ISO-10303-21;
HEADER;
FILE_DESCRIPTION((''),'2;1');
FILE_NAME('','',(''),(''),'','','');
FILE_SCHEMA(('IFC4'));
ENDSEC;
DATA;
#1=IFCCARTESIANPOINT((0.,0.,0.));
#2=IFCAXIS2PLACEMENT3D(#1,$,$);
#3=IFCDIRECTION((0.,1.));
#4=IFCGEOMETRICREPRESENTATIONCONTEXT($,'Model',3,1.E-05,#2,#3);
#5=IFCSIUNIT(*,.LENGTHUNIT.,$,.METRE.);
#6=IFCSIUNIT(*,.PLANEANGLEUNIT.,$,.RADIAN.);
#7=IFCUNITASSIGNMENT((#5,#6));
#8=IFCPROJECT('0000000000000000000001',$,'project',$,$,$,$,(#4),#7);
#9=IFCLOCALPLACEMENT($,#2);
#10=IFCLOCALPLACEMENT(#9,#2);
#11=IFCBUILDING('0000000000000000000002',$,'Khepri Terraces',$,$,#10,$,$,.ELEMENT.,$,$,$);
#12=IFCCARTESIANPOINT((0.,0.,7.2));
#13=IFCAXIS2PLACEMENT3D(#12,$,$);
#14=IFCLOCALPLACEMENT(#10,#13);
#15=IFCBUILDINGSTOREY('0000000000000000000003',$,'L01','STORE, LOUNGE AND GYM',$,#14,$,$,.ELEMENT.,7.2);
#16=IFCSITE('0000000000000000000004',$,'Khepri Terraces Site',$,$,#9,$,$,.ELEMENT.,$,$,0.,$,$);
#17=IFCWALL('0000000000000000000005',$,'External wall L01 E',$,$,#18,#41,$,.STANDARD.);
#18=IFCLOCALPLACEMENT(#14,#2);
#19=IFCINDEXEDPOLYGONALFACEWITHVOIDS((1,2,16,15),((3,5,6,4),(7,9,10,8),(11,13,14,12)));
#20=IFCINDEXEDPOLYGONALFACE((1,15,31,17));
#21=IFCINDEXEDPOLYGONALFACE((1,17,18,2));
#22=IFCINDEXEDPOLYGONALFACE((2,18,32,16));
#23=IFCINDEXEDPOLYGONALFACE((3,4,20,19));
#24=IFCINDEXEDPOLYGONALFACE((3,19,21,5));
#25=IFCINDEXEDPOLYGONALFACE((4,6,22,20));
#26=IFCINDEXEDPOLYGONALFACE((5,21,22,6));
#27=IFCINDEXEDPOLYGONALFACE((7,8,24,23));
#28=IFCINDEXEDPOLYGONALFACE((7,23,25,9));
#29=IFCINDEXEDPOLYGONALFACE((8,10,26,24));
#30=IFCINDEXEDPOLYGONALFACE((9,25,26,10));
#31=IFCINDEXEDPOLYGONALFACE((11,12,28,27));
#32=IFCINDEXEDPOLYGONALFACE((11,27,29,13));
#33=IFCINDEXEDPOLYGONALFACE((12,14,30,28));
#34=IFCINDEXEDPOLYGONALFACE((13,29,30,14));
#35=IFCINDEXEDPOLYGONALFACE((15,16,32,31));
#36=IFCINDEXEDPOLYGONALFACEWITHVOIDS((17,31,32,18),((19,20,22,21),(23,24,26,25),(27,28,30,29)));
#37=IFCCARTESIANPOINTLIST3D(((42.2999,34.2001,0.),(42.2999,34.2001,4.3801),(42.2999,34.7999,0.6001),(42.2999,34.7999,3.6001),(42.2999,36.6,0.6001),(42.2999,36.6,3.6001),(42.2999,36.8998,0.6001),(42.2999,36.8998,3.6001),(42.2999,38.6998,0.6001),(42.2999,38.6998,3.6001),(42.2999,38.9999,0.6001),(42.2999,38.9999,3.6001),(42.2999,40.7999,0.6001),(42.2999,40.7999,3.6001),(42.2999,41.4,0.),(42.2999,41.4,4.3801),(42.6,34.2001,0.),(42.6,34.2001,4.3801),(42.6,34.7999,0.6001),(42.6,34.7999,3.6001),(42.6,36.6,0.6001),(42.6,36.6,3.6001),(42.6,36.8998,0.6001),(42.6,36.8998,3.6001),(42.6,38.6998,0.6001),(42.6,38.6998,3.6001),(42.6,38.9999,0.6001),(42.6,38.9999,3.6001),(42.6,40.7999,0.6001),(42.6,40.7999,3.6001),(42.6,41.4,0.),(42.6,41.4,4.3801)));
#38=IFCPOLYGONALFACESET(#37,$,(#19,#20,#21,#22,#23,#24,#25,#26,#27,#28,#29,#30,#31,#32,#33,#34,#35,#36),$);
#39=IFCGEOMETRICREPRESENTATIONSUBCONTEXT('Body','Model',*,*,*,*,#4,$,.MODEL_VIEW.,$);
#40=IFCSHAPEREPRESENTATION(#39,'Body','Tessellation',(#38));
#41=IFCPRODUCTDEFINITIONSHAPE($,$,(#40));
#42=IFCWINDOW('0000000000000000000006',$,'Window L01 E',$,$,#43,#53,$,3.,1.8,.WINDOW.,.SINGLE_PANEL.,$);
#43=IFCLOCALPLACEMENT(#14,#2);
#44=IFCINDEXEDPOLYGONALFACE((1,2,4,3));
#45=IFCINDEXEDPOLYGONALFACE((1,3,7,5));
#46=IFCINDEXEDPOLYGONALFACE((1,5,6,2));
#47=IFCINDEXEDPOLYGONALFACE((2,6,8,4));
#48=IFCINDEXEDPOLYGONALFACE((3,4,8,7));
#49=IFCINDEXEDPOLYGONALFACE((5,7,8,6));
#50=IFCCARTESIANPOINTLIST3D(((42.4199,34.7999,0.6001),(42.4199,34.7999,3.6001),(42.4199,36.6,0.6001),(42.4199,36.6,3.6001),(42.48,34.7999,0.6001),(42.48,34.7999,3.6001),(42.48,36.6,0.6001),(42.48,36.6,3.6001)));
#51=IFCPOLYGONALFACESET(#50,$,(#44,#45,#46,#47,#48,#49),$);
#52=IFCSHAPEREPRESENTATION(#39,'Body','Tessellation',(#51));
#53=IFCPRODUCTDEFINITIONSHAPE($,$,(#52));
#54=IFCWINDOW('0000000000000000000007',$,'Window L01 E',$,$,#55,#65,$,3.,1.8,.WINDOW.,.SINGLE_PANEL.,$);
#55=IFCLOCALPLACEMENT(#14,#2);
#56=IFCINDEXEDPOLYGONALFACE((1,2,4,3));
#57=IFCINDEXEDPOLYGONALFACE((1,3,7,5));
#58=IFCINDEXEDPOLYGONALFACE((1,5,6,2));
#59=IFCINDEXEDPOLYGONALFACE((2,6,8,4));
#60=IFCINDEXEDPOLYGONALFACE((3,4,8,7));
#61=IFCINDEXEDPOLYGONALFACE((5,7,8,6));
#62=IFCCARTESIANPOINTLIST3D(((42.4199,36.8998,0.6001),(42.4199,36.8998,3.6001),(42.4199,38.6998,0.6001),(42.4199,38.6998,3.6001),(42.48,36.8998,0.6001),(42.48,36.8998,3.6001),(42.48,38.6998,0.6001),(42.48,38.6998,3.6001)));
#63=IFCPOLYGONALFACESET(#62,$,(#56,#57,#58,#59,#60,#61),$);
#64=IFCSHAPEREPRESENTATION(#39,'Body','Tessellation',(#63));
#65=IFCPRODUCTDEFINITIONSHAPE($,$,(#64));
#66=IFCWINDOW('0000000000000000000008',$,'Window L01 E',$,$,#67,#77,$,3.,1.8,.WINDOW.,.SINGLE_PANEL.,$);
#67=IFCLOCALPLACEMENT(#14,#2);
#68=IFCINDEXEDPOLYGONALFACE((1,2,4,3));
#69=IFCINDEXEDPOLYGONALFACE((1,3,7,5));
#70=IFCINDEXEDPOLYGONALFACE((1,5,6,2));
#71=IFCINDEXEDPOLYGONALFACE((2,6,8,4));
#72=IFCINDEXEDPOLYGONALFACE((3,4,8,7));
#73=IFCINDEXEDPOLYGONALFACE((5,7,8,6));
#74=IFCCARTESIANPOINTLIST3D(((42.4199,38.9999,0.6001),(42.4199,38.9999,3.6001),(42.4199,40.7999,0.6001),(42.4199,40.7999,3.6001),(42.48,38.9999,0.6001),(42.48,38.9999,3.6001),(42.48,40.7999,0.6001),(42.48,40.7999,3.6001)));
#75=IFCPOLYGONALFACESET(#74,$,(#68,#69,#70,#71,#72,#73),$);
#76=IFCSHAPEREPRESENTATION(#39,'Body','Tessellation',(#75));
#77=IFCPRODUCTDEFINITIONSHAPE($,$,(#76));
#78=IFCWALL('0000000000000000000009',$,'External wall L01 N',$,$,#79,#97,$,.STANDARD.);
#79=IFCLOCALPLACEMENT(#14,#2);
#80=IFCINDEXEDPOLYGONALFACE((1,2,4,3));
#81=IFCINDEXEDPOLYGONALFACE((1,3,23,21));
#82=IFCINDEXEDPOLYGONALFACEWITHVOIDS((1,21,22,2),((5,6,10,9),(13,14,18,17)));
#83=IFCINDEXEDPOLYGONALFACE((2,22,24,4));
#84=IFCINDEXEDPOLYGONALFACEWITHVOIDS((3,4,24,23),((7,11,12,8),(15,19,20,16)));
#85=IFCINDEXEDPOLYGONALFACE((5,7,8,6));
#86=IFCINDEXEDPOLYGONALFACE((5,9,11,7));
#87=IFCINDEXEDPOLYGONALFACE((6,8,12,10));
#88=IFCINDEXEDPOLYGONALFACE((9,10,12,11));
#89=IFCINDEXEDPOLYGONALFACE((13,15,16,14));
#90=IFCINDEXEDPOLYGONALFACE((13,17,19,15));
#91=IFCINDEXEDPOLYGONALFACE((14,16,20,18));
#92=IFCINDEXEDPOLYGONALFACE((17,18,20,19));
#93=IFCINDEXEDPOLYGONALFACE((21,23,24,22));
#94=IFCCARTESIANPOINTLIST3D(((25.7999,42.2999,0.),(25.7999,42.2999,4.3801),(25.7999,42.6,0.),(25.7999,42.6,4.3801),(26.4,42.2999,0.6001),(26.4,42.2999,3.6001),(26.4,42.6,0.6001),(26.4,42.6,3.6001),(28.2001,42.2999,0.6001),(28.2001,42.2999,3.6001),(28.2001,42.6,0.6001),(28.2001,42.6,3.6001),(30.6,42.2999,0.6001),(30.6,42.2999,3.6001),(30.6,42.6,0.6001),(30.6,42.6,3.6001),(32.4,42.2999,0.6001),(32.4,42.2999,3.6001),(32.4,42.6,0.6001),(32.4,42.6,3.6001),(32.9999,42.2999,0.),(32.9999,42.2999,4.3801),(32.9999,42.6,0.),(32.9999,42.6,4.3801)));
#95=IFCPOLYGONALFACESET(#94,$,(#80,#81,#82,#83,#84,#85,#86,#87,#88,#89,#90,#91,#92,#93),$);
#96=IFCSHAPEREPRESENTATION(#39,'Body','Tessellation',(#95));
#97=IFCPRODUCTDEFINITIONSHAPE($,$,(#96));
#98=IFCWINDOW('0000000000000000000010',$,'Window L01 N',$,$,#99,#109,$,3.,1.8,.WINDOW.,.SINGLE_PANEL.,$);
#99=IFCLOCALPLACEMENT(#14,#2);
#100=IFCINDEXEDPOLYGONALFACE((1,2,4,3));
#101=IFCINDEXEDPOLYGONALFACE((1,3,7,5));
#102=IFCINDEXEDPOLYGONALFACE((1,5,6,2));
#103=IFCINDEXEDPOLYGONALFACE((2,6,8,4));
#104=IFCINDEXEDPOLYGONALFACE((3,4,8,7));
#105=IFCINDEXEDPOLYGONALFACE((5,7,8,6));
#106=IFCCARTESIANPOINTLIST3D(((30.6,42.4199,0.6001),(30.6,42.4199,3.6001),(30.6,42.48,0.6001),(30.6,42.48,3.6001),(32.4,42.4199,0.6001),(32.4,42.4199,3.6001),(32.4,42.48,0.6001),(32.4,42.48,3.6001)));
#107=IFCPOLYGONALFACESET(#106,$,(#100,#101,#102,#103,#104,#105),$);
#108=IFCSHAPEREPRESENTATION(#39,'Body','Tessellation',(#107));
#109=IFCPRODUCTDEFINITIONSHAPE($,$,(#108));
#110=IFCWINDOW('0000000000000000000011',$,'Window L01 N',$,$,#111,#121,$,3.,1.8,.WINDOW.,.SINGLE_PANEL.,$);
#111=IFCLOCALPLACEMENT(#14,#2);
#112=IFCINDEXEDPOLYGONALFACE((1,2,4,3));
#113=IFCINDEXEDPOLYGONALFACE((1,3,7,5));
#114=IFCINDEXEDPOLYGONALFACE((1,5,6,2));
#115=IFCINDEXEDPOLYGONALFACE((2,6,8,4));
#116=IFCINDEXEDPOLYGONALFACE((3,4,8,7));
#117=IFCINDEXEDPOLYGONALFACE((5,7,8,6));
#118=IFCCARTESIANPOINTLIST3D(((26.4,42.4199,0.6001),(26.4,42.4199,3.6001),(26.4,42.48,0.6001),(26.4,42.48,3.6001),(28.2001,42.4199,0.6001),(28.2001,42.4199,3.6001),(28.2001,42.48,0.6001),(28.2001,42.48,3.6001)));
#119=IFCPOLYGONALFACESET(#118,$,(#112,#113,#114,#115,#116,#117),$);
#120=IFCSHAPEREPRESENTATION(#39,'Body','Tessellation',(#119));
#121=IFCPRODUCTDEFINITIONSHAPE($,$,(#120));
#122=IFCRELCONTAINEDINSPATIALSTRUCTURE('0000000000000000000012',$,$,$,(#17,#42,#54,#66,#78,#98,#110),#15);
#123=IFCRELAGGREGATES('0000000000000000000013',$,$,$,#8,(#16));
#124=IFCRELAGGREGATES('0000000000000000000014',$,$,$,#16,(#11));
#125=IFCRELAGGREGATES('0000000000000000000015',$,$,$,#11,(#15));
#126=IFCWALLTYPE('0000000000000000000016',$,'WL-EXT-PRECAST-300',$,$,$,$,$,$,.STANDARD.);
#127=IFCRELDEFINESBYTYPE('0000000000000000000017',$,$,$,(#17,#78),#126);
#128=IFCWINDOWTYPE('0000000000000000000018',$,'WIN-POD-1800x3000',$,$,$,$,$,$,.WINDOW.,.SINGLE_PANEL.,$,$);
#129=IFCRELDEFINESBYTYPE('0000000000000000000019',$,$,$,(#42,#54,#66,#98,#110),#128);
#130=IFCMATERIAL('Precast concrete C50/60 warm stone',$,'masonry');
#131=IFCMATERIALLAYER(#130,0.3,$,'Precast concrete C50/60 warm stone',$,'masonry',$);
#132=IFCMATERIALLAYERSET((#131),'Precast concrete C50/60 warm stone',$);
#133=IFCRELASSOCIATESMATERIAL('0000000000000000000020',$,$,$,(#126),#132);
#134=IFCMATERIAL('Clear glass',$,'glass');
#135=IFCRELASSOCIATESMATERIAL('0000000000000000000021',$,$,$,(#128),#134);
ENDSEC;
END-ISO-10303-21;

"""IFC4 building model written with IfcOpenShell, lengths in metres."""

from ifc_helpers import new_model, si_unit, direction, frame, frame_2d, origin, place, context, subcontext, project, spatial, rectangle, extrude, material, layer, layer_set, type_object, element, fill, save


model = new_model("IFC4")

# Units and contexts
model_context = context("Model", 3, precision=1e-05, world=origin(), true_north=direction((0.0, 1.0)))
body_context = subcontext(model_context, "Body", "Model", "MODEL_VIEW")
ifc_project = project(units=[si_unit("LENGTHUNIT", "METRE"), si_unit("PLANEANGLEUNIT", "RADIAN")], contexts=[model_context])

# Site, building, storey
site_placement = place(None, origin())
site = spatial("IfcSite", under=ifc_project, at=site_placement, Name="Khepri Terraces Site", CompositionType="ELEMENT", RefElevation=0.0)
building_placement = place(site_placement, origin())
building = spatial("IfcBuilding", under=site, at=building_placement, Name="Khepri Terraces", CompositionType="ELEMENT")
storey_placement = place(building_placement, frame((0.0, 0.0, 7.2)))
storey = spatial("IfcBuildingStorey", under=building, at=storey_placement, Name="L01", Description="STORE, LOUNGE AND GYM", CompositionType="ELEMENT", Elevation=7.2)

# Shared definitions
ifc_material_1 = material(Name="Clear glass", Category="glass")

# Walls, openings, windows
ifc_material_2 = material(Name="Precast concrete C50/60 warm stone", Category="masonry")
ifc_layer_1 = layer(ifc_material_2, 0.3, Name="Precast concrete C50/60 warm stone", Category="masonry")
ifc_layer_set_1 = layer_set([ifc_layer_1], Name="Precast concrete C50/60 warm stone")
wall_type = type_object("IfcWallType", Name="WL-EXT-PRECAST-300", PredefinedType="STANDARD", material=ifc_layer_set_1)
wall_1_placement = place(storey_placement, frame((42.45, 34.2, 0.0), z_axis=(0.0, 0.0, 1.0), x_axis=(0.0, 1.0, 0.0)))
wall_1 = element("IfcWall", 1, at=wall_1_placement, inside=storey, type_object=wall_type, Name="External wall L01 E", PredefinedType="STANDARD", context=body_context, shape_type="SweptSolid", body=[
    extrude(rectangle(XDim=7.2, YDim=0.3, at=frame_2d((3.6001, 0.0))), origin(), (0.0, 0.0, 1.0), 4.3801),
])
opening_1_placement = place(wall_1_placement, frame((0.6001, 0.0, 0.6001)))
opening_1 = element("IfcOpeningElement", 2, at=opening_1_placement, cuts=wall_1, PredefinedType="OPENING", context=body_context, shape_type="SweptSolid", body=[
    extrude(rectangle(XDim=1.8, YDim=3.0, at=frame_2d((0.8999, 1.5))), frame((0.0, 0.1602, 0.0), z_axis=(0.0, -1.0, 0.0), x_axis=(1.0, 0.0, 0.0)), (0.0, 0.0, 1.0), 0.3201),
])
opening_2_placement = place(wall_1_placement, frame((2.7, 0.0, 0.6001)))
opening_2 = element("IfcOpeningElement", 3, at=opening_2_placement, cuts=wall_1, PredefinedType="OPENING", context=body_context, shape_type="SweptSolid", body=[
    extrude(rectangle(XDim=1.8, YDim=3.0, at=frame_2d((0.8999, 1.5))), frame((0.0, 0.1602, 0.0), z_axis=(0.0, -1.0, 0.0), x_axis=(1.0, 0.0, 0.0)), (0.0, 0.0, 1.0), 0.3201),
])
opening_3_placement = place(wall_1_placement, frame((4.8, 0.0, 0.6001)))
opening_3 = element("IfcOpeningElement", 4, at=opening_3_placement, cuts=wall_1, PredefinedType="OPENING", context=body_context, shape_type="SweptSolid", body=[
    extrude(rectangle(XDim=1.8, YDim=3.0, at=frame_2d((0.8999, 1.5))), frame((0.0, 0.1602, 0.0), z_axis=(0.0, -1.0, 0.0), x_axis=(1.0, 0.0, 0.0)), (0.0, 0.0, 1.0), 0.3201),
])
window_type = type_object("IfcWindowType", Name="WIN-POD-1800x3000", PartitioningType="SINGLE_PANEL", PredefinedType="WINDOW", material=ifc_material_1)
window_1_placement = place(opening_1_placement, origin())
window_1 = element("IfcWindow", 5, at=window_1_placement, inside=storey, type_object=window_type, Name="Window L01 E", OverallHeight=3.0, OverallWidth=1.8, PartitioningType="SINGLE_PANEL", PredefinedType="WINDOW", context=body_context, shape_type="SweptSolid", body=[
    extrude(rectangle(XDim=1.8, YDim=3.0, at=frame_2d((0.8999, 1.5))), frame((0.0, 0.03, 0.0), z_axis=(0.0, -1.0, 0.0), x_axis=(1.0, 0.0, 0.0)), (0.0, 0.0, 1.0), 0.0601),
])
fill(opening_1, window_1)
window_2_placement = place(opening_2_placement, origin())
window_2 = element("IfcWindow", 6, at=window_2_placement, inside=storey, type_object=window_type, Name="Window L01 E", OverallHeight=3.0, OverallWidth=1.8, PartitioningType="SINGLE_PANEL", PredefinedType="WINDOW", context=body_context, shape_type="SweptSolid", body=[
    extrude(rectangle(XDim=1.8, YDim=3.0, at=frame_2d((0.8999, 1.5))), frame((0.0, 0.03, 0.0), z_axis=(0.0, -1.0, 0.0), x_axis=(1.0, 0.0, 0.0)), (0.0, 0.0, 1.0), 0.0601),
])
fill(opening_2, window_2)
window_3_placement = place(opening_3_placement, origin())
window_3 = element("IfcWindow", 7, at=window_3_placement, inside=storey, type_object=window_type, Name="Window L01 E", OverallHeight=3.0, OverallWidth=1.8, PartitioningType="SINGLE_PANEL", PredefinedType="WINDOW", context=body_context, shape_type="SweptSolid", body=[
    extrude(rectangle(XDim=1.8, YDim=3.0, at=frame_2d((0.8999, 1.5))), frame((0.0, 0.03, 0.0), z_axis=(0.0, -1.0, 0.0), x_axis=(1.0, 0.0, 0.0)), (0.0, 0.0, 1.0), 0.0601),
])
fill(opening_3, window_3)
wall_2_placement = place(storey_placement, frame((33.0, 42.45, 0.0), z_axis=(0.0, 0.0, 1.0), x_axis=(-1.0, 0.0, 0.0)))
wall_2 = element("IfcWall", 8, at=wall_2_placement, inside=storey, type_object=wall_type, Name="External wall L01 N", PredefinedType="STANDARD", context=body_context, shape_type="SweptSolid", body=[
    extrude(rectangle(XDim=7.2, YDim=0.3, at=frame_2d((3.6001, 0.0))), origin(), (0.0, 0.0, 1.0), 4.3801),
])
opening_4_placement = place(wall_2_placement, frame((0.6001, 0.0, 0.6001)))
opening_4 = element("IfcOpeningElement", 9, at=opening_4_placement, cuts=wall_2, PredefinedType="OPENING", context=body_context, shape_type="SweptSolid", body=[
    extrude(rectangle(XDim=1.8, YDim=3.0, at=frame_2d((0.8999, 1.5))), frame((0.0, 0.1602, 0.0), z_axis=(0.0, -1.0, 0.0), x_axis=(1.0, 0.0, 0.0)), (0.0, 0.0, 1.0), 0.3201),
])
opening_5_placement = place(wall_2_placement, frame((4.8, 0.0, 0.6001)))
opening_5 = element("IfcOpeningElement", 10, at=opening_5_placement, cuts=wall_2, PredefinedType="OPENING", context=body_context, shape_type="SweptSolid", body=[
    extrude(rectangle(XDim=1.8, YDim=3.0, at=frame_2d((0.8999, 1.5))), frame((0.0, 0.1602, 0.0), z_axis=(0.0, -1.0, 0.0), x_axis=(1.0, 0.0, 0.0)), (0.0, 0.0, 1.0), 0.3201),
])
window_4_placement = place(opening_4_placement, origin())
window_4 = element("IfcWindow", 11, at=window_4_placement, inside=storey, type_object=window_type, Name="Window L01 N", OverallHeight=3.0, OverallWidth=1.8, PartitioningType="SINGLE_PANEL", PredefinedType="WINDOW", context=body_context, shape_type="SweptSolid", body=[
    extrude(rectangle(XDim=1.8, YDim=3.0, at=frame_2d((0.8999, 1.5))), frame((0.0, 0.03, 0.0), z_axis=(0.0, -1.0, 0.0), x_axis=(1.0, 0.0, 0.0)), (0.0, 0.0, 1.0), 0.0601),
])
fill(opening_4, window_4)
window_5_placement = place(opening_5_placement, origin())
window_5 = element("IfcWindow", 12, at=window_5_placement, inside=storey, type_object=window_type, Name="Window L01 N", OverallHeight=3.0, OverallWidth=1.8, PartitioningType="SINGLE_PANEL", PredefinedType="WINDOW", context=body_context, shape_type="SweptSolid", body=[
    extrude(rectangle(XDim=1.8, YDim=3.0, at=frame_2d((0.8999, 1.5))), frame((0.0, 0.03, 0.0), z_axis=(0.0, -1.0, 0.0), x_axis=(1.0, 0.0, 0.0)), (0.0, 0.0, 1.0), 0.0601),
])
fill(opening_5, window_5)

save(model, "model.ifc")
